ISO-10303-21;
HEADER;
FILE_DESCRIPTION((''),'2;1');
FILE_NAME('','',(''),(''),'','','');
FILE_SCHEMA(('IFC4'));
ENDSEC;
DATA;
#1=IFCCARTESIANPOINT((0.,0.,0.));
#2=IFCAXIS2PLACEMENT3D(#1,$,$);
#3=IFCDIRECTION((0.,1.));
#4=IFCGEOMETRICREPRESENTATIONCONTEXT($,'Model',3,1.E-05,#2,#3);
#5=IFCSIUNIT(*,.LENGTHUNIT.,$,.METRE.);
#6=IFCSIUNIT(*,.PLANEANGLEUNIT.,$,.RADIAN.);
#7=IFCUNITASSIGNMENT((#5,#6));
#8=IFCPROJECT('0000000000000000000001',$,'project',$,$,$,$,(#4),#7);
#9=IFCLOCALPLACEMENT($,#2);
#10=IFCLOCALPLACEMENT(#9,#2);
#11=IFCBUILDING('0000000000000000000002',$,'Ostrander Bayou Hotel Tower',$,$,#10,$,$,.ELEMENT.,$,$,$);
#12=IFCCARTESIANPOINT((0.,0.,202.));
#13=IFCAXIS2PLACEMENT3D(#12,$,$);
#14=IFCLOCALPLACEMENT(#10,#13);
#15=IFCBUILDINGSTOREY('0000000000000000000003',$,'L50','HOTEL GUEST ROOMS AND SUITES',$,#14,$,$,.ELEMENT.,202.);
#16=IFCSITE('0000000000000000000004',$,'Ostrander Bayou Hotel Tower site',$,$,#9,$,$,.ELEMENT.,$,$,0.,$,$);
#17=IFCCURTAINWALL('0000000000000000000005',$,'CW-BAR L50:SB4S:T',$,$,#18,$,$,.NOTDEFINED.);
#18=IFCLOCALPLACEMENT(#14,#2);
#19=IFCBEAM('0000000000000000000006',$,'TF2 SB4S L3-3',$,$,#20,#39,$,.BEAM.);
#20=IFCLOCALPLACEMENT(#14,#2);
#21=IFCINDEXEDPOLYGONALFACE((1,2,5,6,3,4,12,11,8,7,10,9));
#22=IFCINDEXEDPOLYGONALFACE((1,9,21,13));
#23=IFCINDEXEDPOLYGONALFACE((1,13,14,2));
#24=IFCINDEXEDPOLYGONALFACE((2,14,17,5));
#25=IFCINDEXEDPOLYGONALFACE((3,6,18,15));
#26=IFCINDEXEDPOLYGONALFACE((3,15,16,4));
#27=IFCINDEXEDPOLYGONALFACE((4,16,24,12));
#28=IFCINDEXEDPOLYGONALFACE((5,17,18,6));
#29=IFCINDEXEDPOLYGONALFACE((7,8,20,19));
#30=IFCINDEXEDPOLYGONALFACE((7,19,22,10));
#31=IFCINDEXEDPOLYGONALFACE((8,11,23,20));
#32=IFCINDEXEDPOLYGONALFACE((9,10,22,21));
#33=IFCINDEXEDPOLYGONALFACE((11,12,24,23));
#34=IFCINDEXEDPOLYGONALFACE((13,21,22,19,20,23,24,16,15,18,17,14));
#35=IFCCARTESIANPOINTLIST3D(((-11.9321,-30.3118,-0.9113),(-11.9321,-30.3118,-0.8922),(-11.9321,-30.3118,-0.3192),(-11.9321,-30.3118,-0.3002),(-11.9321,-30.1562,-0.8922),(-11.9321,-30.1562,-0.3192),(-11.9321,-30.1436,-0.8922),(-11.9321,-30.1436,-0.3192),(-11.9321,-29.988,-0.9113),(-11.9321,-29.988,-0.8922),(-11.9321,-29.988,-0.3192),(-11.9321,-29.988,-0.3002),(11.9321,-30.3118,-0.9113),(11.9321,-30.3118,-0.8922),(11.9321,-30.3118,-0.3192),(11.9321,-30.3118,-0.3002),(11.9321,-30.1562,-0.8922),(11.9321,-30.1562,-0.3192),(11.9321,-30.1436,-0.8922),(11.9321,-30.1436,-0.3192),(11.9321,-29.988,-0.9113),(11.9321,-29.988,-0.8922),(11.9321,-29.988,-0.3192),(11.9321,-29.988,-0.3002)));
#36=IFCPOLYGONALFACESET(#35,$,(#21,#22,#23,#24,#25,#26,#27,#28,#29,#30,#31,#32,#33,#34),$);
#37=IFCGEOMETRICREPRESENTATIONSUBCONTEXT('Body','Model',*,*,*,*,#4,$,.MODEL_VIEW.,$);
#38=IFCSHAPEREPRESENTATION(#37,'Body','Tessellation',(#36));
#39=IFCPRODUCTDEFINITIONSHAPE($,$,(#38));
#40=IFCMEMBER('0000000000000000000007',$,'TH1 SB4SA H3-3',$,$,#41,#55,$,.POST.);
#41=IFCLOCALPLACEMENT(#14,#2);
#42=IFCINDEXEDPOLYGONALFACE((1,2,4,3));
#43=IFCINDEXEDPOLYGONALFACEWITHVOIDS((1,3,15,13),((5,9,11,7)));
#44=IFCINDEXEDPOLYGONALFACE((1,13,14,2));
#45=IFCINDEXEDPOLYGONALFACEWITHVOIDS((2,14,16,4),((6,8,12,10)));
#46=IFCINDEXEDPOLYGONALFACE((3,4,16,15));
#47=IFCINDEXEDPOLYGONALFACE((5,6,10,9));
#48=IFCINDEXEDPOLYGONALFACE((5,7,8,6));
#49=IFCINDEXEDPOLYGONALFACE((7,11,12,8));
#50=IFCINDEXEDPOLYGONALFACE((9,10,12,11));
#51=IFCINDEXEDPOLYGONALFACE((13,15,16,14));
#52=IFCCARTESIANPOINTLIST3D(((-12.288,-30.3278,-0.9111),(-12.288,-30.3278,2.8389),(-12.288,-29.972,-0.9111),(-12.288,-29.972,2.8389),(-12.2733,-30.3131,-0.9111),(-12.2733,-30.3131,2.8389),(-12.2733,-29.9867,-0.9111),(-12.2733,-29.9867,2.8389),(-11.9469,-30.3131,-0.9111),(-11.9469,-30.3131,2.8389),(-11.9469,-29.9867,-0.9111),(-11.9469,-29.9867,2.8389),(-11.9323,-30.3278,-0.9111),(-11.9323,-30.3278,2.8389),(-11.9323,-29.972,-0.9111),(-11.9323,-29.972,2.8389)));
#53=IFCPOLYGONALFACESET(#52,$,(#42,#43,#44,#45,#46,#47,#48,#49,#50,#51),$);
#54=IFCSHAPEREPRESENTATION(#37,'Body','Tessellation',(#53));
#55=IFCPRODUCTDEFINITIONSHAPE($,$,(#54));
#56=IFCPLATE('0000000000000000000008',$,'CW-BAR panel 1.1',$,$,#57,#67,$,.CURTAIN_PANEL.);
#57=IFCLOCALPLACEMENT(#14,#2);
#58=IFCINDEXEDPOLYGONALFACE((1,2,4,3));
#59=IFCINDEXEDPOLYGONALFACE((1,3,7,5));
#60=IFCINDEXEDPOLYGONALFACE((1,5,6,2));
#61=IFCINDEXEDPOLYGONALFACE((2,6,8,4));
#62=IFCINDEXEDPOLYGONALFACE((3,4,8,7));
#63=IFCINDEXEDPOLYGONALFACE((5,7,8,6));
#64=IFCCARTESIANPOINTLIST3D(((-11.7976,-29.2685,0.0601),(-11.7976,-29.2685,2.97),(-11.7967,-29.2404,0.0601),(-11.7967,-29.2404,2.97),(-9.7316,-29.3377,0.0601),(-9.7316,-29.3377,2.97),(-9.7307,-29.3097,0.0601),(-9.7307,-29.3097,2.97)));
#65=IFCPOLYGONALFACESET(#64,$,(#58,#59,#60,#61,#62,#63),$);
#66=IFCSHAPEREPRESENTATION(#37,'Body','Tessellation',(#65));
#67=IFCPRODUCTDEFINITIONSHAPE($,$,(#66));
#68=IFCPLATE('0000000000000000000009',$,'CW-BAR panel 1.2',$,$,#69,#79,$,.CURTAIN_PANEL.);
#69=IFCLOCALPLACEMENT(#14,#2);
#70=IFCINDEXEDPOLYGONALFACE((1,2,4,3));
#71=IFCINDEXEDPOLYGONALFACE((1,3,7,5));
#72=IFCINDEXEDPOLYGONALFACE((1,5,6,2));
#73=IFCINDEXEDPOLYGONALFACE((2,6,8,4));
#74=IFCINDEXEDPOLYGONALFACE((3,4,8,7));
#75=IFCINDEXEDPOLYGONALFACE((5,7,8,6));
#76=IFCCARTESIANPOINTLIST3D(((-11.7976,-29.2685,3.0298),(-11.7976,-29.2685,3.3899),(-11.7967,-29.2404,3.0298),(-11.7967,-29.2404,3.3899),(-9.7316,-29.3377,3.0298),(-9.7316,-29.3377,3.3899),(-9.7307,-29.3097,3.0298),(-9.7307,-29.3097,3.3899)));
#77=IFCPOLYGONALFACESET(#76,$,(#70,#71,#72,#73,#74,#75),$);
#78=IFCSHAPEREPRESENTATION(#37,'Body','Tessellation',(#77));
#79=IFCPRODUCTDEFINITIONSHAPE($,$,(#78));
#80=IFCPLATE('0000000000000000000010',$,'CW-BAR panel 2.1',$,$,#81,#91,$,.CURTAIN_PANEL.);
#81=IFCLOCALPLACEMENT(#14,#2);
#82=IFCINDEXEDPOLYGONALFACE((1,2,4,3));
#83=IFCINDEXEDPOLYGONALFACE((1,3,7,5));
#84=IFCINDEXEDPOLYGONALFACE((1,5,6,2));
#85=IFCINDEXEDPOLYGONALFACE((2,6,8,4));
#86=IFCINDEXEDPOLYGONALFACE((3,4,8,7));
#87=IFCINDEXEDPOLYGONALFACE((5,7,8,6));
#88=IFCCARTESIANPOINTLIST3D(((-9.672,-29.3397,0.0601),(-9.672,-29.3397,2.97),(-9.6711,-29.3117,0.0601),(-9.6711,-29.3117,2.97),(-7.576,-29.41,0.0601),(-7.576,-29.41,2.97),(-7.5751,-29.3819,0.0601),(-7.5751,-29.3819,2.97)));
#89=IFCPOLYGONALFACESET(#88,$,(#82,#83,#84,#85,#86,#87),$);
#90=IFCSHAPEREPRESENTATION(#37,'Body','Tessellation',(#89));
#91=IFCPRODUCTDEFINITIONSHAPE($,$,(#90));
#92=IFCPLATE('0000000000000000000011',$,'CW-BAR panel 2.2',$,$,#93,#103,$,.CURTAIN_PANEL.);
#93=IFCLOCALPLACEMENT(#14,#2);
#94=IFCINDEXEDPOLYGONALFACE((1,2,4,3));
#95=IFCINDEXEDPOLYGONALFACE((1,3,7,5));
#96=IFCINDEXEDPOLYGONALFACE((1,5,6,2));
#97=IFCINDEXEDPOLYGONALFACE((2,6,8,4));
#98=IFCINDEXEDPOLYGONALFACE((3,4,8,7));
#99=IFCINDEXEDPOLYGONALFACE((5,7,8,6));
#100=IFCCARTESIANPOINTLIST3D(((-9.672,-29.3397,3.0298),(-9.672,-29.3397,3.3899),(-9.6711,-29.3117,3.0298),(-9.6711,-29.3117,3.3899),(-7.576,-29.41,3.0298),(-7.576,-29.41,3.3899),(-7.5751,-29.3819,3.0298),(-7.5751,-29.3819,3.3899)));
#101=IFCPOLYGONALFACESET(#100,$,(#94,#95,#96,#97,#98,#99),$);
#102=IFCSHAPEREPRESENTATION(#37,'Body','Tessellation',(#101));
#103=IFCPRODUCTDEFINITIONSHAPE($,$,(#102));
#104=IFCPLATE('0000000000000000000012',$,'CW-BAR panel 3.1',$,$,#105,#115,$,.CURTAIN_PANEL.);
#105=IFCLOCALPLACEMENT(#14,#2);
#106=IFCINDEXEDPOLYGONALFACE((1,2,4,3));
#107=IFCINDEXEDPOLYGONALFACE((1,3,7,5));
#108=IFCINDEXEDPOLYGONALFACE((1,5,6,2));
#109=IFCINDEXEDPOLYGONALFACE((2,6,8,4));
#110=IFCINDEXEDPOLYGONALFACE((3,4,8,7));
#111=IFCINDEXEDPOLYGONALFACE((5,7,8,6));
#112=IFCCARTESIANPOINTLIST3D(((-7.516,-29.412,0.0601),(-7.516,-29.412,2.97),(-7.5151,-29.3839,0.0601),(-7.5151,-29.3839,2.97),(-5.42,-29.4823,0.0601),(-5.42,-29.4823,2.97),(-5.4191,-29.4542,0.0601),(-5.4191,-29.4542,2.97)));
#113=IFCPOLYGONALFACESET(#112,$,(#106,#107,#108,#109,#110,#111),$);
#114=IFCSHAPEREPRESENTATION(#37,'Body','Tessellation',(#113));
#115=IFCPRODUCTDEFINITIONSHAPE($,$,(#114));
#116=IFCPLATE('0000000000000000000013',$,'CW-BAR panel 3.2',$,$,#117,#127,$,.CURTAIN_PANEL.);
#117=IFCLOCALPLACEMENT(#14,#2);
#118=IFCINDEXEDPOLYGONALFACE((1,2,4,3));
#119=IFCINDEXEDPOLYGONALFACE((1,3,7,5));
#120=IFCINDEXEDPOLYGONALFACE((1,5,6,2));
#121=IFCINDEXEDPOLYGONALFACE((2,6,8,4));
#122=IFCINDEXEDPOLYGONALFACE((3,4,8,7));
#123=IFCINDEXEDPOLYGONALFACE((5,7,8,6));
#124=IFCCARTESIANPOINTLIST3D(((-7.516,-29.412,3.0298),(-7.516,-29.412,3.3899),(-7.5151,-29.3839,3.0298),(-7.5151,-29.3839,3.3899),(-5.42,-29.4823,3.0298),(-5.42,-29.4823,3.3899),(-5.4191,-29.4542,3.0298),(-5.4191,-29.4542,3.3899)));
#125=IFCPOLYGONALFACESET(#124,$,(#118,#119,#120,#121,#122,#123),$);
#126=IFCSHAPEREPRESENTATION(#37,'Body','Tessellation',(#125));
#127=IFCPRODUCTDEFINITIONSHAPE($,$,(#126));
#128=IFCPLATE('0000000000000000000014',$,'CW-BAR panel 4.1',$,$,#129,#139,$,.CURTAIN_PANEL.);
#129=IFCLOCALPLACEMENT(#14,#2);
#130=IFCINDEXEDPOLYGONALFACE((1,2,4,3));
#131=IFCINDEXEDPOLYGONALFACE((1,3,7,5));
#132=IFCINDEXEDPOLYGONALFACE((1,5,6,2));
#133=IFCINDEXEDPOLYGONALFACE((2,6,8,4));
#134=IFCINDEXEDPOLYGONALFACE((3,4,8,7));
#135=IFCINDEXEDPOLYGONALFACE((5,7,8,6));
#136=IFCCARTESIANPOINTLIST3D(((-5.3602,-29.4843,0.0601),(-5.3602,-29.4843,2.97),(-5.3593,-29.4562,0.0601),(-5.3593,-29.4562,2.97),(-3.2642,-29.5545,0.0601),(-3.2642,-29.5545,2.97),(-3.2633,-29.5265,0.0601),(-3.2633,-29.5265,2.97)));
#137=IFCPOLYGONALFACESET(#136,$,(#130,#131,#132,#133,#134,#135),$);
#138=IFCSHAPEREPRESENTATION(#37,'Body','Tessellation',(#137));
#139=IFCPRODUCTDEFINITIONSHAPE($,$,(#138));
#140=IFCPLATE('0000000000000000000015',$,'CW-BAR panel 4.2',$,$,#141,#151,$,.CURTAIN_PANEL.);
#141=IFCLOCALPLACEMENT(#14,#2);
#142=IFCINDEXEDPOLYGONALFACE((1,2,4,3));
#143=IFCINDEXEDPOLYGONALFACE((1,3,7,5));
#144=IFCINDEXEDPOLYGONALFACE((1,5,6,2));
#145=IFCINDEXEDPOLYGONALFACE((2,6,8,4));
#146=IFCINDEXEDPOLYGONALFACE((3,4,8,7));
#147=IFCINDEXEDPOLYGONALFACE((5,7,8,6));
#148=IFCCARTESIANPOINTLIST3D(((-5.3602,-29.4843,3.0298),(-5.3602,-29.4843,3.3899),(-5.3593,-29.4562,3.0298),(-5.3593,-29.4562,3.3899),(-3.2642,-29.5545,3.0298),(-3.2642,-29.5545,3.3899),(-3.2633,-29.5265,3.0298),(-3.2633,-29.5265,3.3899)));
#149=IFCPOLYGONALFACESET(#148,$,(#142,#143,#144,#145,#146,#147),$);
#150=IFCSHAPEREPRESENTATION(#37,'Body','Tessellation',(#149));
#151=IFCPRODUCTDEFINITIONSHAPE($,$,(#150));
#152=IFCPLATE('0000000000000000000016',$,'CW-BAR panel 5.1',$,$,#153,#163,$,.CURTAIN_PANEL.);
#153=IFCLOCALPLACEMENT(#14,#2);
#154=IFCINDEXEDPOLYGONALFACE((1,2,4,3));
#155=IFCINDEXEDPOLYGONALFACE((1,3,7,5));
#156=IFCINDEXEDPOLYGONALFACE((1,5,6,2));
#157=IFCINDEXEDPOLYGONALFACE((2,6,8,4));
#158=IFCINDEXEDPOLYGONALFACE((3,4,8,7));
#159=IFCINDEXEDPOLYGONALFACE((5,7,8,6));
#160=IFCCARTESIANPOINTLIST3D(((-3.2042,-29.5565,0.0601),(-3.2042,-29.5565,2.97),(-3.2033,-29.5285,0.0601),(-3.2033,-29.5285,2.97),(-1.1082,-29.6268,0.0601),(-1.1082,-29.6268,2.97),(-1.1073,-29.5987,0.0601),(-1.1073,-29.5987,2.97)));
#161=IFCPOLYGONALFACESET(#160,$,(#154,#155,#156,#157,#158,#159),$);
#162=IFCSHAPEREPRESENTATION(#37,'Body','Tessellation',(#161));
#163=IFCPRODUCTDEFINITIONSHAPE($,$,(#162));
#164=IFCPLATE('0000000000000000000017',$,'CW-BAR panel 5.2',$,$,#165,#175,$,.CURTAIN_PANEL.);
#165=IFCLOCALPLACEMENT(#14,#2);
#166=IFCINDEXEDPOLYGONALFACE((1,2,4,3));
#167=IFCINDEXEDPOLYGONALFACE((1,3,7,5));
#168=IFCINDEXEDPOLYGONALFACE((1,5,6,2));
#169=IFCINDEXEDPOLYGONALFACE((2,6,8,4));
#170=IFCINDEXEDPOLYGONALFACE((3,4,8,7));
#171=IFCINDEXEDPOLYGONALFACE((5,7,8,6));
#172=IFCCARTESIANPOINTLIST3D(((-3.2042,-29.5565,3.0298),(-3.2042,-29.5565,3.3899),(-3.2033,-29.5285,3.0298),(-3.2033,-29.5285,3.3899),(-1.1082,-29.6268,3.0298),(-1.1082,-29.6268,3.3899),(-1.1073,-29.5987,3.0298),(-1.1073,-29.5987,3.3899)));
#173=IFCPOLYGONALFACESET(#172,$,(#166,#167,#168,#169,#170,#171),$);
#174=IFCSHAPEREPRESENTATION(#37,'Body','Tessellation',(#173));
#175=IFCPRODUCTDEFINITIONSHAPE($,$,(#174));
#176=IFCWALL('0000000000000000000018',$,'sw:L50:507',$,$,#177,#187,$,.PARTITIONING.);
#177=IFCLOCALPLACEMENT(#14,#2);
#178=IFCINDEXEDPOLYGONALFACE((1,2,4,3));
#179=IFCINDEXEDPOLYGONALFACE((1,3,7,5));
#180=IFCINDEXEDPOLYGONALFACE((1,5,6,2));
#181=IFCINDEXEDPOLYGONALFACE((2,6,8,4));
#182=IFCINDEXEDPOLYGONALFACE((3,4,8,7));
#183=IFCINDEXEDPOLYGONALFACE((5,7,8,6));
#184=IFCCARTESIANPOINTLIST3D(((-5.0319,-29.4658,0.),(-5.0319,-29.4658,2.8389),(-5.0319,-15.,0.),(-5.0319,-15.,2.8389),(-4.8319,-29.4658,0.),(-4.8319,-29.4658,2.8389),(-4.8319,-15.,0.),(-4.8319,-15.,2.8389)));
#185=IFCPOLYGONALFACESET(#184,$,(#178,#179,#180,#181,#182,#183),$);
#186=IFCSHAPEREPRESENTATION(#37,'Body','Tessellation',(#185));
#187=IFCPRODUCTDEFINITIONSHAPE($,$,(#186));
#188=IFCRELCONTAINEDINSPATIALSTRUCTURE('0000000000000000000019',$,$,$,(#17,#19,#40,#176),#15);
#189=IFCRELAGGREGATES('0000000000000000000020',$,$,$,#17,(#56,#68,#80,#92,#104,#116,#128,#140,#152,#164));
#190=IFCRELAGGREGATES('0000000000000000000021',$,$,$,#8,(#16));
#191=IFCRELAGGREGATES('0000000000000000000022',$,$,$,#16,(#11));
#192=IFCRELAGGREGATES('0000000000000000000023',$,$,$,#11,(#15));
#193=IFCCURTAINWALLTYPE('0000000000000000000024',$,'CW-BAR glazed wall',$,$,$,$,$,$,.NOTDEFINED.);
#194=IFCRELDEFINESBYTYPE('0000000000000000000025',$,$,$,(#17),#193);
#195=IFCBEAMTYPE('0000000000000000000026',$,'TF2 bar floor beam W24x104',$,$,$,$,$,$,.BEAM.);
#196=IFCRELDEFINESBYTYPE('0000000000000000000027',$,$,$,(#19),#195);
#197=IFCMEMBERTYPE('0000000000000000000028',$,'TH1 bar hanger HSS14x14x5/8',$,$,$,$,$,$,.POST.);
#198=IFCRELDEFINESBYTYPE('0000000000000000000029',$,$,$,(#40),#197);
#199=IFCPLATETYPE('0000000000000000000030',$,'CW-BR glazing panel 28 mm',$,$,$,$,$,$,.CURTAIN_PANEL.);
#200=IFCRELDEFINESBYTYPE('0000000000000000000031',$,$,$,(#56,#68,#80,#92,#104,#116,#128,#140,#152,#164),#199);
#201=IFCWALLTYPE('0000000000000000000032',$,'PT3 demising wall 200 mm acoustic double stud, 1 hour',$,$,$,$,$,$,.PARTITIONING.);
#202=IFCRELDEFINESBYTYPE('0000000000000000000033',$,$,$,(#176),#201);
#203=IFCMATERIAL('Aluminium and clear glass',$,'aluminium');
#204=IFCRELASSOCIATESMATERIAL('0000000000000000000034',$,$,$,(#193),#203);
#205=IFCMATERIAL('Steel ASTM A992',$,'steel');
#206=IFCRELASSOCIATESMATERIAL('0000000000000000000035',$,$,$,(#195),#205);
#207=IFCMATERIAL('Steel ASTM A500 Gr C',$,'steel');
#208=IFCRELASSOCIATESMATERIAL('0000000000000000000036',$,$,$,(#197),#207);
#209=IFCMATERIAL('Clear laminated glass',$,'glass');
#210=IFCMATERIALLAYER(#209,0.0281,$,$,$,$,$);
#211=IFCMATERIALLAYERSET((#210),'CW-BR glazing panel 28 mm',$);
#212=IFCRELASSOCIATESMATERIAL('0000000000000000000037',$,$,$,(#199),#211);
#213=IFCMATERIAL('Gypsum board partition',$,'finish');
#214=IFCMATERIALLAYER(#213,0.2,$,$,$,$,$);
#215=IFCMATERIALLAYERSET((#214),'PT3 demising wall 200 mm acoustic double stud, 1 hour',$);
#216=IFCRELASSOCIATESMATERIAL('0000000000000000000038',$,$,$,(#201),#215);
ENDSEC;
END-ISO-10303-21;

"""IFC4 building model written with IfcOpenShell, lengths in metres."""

from ifc_helpers import new_model, si_unit, direction, frame, frame_2d, origin, origin_2d, place, context, subcontext, project, spatial, rectangle, hollow_rectangle, i_section, extrude, material, layer, layer_set, material_profile, profile_set, type_object, element, aggregate, save


model = new_model("IFC4")

# Units and contexts
model_context = context("Model", 3, precision=1e-05, world=origin(), true_north=direction((0.0, 1.0)))
body_context = subcontext(model_context, "Body", "Model", "MODEL_VIEW")
ifc_project = project(units=[si_unit("LENGTHUNIT", "METRE"), si_unit("PLANEANGLEUNIT", "RADIAN")], contexts=[model_context])

# Site, building, storey
site_placement = place(None, origin())
site = spatial("IfcSite", under=ifc_project, at=site_placement, Name="Ostrander Bayou Hotel Tower site", CompositionType="ELEMENT", RefElevation=0.0)
building_placement = place(site_placement, origin())
building = spatial("IfcBuilding", under=site, at=building_placement, Name="Ostrander Bayou Hotel Tower", CompositionType="ELEMENT")
storey_placement = place(building_placement, frame((0.0, 0.0, 202.0)))
storey = spatial("IfcBuildingStorey", under=building, at=storey_placement, Name="L50", Description="HOTEL GUEST ROOMS AND SUITES", CompositionType="ELEMENT", Elevation=202.0)

# Curtain wall
ifc_material_1 = material(Name="Aluminium and clear glass", Category="aluminium")
curtain_wall_type = type_object("IfcCurtainWallType", Name="CW-BAR glazed wall", PredefinedType="NOTDEFINED", material=ifc_material_1)
curtain_wall_placement = place(storey_placement, origin())
curtain_wall = element("IfcCurtainWall", 1, at=curtain_wall_placement, inside=storey, type_object=curtain_wall_type, Name="CW-BAR L50:SB4S:T", PredefinedType="NOTDEFINED")

# Beam
ifc_material_2 = material(Name="Steel ASTM A992", Category="steel")
ifc_material_profile_1 = material_profile(ifc_material_2, i_section(OverallWidth=0.3237, OverallDepth=0.6111, WebThickness=0.0127, FlangeThickness=0.019, at=origin_2d()))
ifc_profile_set_1 = profile_set([ifc_material_profile_1], Name="Steel ASTM A992")
beam_type = type_object("IfcBeamType", Name="TF2 bar floor beam W24x104", PredefinedType="BEAM", material=ifc_profile_set_1)
beam_placement = place(storey_placement, frame((-11.9321, -30.1499, -0.6057), z_axis=(1.0, 0.0, 0.0), x_axis=(0.0, 1.0, 0.0)))
element("IfcBeam", 2, at=beam_placement, inside=storey, type_object=beam_type, Name="TF2 SB4S L3-3", PredefinedType="BEAM", context=body_context, shape_type="SweptSolid", body=[
    extrude(i_section(OverallWidth=0.3237, OverallDepth=0.6111, WebThickness=0.0127, FlangeThickness=0.019, at=origin_2d()), origin(), (0.0, 0.0, 1.0), 23.8643),
])

# Member
ifc_material_3 = material(Name="Steel ASTM A500 Gr C", Category="steel")
ifc_material_profile_2 = material_profile(ifc_material_3, hollow_rectangle(XDim=0.3557, YDim=0.3557, WallThickness=0.0146, at=origin_2d()))
ifc_profile_set_2 = profile_set([ifc_material_profile_2], Name="Steel ASTM A500 Gr C")
member_type_1 = type_object("IfcMemberType", Name="TH1 bar hanger HSS14x14x5/8", PredefinedType="POST", material=ifc_profile_set_2)
member_1_placement = place(storey_placement, frame((-12.1101, -30.1499, -0.9111), z_axis=(0.0, 0.0, 1.0), x_axis=(1.0, 0.0, 0.0)))
element("IfcMember", 3, at=member_1_placement, inside=storey, type_object=member_type_1, Name="TH1 SB4SA H3-3", PredefinedType="POST", context=body_context, shape_type="SweptSolid", body=[
    extrude(hollow_rectangle(XDim=0.3557, YDim=0.3557, WallThickness=0.0146, at=origin_2d()), origin(), (0.0, 0.0, 1.0), 3.75),
])

# Plates
ifc_material_4 = material(Name="Clear laminated glass", Category="glass")
ifc_layer_1 = layer(ifc_material_4, 0.0281)
ifc_layer_set_1 = layer_set([ifc_layer_1], Name="CW-BR glazing panel 28 mm")
plate_type = type_object("IfcPlateType", Name="CW-BR glazing panel 28 mm", PredefinedType="CURTAIN_PANEL", material=ifc_layer_set_1)
plate_1_placement = place(storey_placement, frame((-10.7642, -29.2891, 0.0601), z_axis=(0.0, 0.0, 1.0), x_axis=(0.999439, -0.033505, 0.0)))
plate_1 = element("IfcPlate", 4, at=plate_1_placement, type_object=plate_type, Name="CW-BAR panel 1.1", PredefinedType="CURTAIN_PANEL", context=body_context, shape_type="SweptSolid", body=[
    extrude(rectangle(XDim=2.0671, YDim=0.0281, at=origin_2d()), origin(), (0.0, 0.0, 1.0), 2.9099),
])
plate_2_placement = place(storey_placement, frame((-10.7642, -29.2891, 3.0298), z_axis=(0.0, 0.0, 1.0), x_axis=(0.999439, -0.033505, 0.0)))
plate_2 = element("IfcPlate", 5, at=plate_2_placement, type_object=plate_type, Name="CW-BAR panel 1.2", PredefinedType="CURTAIN_PANEL", context=body_context, shape_type="SweptSolid", body=[
    extrude(rectangle(XDim=2.0671, YDim=0.0281, at=origin_2d()), origin(), (0.0, 0.0, 1.0), 0.3601),
])
plate_3_placement = place(storey_placement, frame((-8.6235, -29.3608, 0.0601), z_axis=(0.0, 0.0, 1.0), x_axis=(0.999439, -0.033505, 0.0)))
plate_3 = element("IfcPlate", 6, at=plate_3_placement, type_object=plate_type, Name="CW-BAR panel 2.1", PredefinedType="CURTAIN_PANEL", context=body_context, shape_type="SweptSolid", body=[
    extrude(rectangle(XDim=2.0972, YDim=0.0281, at=origin_2d()), origin(), (0.0, 0.0, 1.0), 2.9099),
])
plate_4_placement = place(storey_placement, frame((-8.6235, -29.3608, 3.0298), z_axis=(0.0, 0.0, 1.0), x_axis=(0.999439, -0.033505, 0.0)))
plate_4 = element("IfcPlate", 7, at=plate_4_placement, type_object=plate_type, Name="CW-BAR panel 2.2", PredefinedType="CURTAIN_PANEL", context=body_context, shape_type="SweptSolid", body=[
    extrude(rectangle(XDim=2.0972, YDim=0.0281, at=origin_2d()), origin(), (0.0, 0.0, 1.0), 0.3601),
])
plate_5_placement = place(storey_placement, frame((-6.4675, -29.4331, 0.0601), z_axis=(0.0, 0.0, 1.0), x_axis=(0.999439, -0.033505, 0.0)))
plate_5 = element("IfcPlate", 8, at=plate_5_placement, type_object=plate_type, Name="CW-BAR panel 3.1", PredefinedType="CURTAIN_PANEL", context=body_context, shape_type="SweptSolid", body=[
    extrude(rectangle(XDim=2.0972, YDim=0.0281, at=origin_2d()), origin(), (0.0, 0.0, 1.0), 2.9099),
])
plate_6_placement = place(storey_placement, frame((-6.4675, -29.4331, 3.0298), z_axis=(0.0, 0.0, 1.0), x_axis=(0.999439, -0.033505, 0.0)))
plate_6 = element("IfcPlate", 9, at=plate_6_placement, type_object=plate_type, Name="CW-BAR panel 3.2", PredefinedType="CURTAIN_PANEL", context=body_context, shape_type="SweptSolid", body=[
    extrude(rectangle(XDim=2.0972, YDim=0.0281, at=origin_2d()), origin(), (0.0, 0.0, 1.0), 0.3601),
])
plate_7_placement = place(storey_placement, frame((-4.3118, -29.5054, 0.0601), z_axis=(0.0, 0.0, 1.0), x_axis=(0.999439, -0.033505, 0.0)))
plate_7 = element("IfcPlate", 10, at=plate_7_placement, type_object=plate_type, Name="CW-BAR panel 4.1", PredefinedType="CURTAIN_PANEL", context=body_context, shape_type="SweptSolid", body=[
    extrude(rectangle(XDim=2.0972, YDim=0.0281, at=origin_2d()), origin(), (0.0, 0.0, 1.0), 2.9099),
])
plate_8_placement = place(storey_placement, frame((-4.3118, -29.5054, 3.0298), z_axis=(0.0, 0.0, 1.0), x_axis=(0.999439, -0.033505, 0.0)))
plate_8 = element("IfcPlate", 11, at=plate_8_placement, type_object=plate_type, Name="CW-BAR panel 4.2", PredefinedType="CURTAIN_PANEL", context=body_context, shape_type="SweptSolid", body=[
    extrude(rectangle(XDim=2.0972, YDim=0.0281, at=origin_2d()), origin(), (0.0, 0.0, 1.0), 0.3601),
])
plate_9_placement = place(storey_placement, frame((-2.1558, -29.5776, 0.0601), z_axis=(0.0, 0.0, 1.0), x_axis=(0.999439, -0.033505, 0.0)))
plate_9 = element("IfcPlate", 12, at=plate_9_placement, type_object=plate_type, Name="CW-BAR panel 5.1", PredefinedType="CURTAIN_PANEL", context=body_context, shape_type="SweptSolid", body=[
    extrude(rectangle(XDim=2.0972, YDim=0.0281, at=origin_2d()), origin(), (0.0, 0.0, 1.0), 2.9099),
])
plate_10_placement = place(storey_placement, frame((-2.1558, -29.5776, 3.0298), z_axis=(0.0, 0.0, 1.0), x_axis=(0.999439, -0.033505, 0.0)))
plate_10 = element("IfcPlate", 13, at=plate_10_placement, type_object=plate_type, Name="CW-BAR panel 5.2", PredefinedType="CURTAIN_PANEL", context=body_context, shape_type="SweptSolid", body=[
    extrude(rectangle(XDim=2.0972, YDim=0.0281, at=origin_2d()), origin(), (0.0, 0.0, 1.0), 0.3601),
])
aggregate(curtain_wall, [plate_1, plate_2, plate_3, plate_4, plate_5, plate_6, plate_7, plate_8, plate_9, plate_10])

# Wall
ifc_material_5 = material(Name="Gypsum board partition", Category="finish")
ifc_layer_2 = layer(ifc_material_5, 0.2)
ifc_layer_set_2 = layer_set([ifc_layer_2], Name="PT3 demising wall 200 mm acoustic double stud, 1 hour")
wall_type = type_object("IfcWallType", Name="PT3 demising wall 200 mm acoustic double stud, 1 hour", PredefinedType="PARTITIONING", material=ifc_layer_set_2)
wall_placement = place(storey_placement, frame((-4.9319, -29.4658, 0.0), z_axis=(0.0, 0.0, 1.0), x_axis=(0.0, 1.0, 0.0)))
element("IfcWall", 14, at=wall_placement, inside=storey, type_object=wall_type, Name="sw:L50:507", PredefinedType="PARTITIONING", context=body_context, shape_type="SweptSolid", body=[
    extrude(rectangle(XDim=14.4658, YDim=0.2, at=frame_2d((7.2329, 0.0))), origin(), (0.0, 0.0, 1.0), 2.8389),
])

save(model, "model.ifc")
